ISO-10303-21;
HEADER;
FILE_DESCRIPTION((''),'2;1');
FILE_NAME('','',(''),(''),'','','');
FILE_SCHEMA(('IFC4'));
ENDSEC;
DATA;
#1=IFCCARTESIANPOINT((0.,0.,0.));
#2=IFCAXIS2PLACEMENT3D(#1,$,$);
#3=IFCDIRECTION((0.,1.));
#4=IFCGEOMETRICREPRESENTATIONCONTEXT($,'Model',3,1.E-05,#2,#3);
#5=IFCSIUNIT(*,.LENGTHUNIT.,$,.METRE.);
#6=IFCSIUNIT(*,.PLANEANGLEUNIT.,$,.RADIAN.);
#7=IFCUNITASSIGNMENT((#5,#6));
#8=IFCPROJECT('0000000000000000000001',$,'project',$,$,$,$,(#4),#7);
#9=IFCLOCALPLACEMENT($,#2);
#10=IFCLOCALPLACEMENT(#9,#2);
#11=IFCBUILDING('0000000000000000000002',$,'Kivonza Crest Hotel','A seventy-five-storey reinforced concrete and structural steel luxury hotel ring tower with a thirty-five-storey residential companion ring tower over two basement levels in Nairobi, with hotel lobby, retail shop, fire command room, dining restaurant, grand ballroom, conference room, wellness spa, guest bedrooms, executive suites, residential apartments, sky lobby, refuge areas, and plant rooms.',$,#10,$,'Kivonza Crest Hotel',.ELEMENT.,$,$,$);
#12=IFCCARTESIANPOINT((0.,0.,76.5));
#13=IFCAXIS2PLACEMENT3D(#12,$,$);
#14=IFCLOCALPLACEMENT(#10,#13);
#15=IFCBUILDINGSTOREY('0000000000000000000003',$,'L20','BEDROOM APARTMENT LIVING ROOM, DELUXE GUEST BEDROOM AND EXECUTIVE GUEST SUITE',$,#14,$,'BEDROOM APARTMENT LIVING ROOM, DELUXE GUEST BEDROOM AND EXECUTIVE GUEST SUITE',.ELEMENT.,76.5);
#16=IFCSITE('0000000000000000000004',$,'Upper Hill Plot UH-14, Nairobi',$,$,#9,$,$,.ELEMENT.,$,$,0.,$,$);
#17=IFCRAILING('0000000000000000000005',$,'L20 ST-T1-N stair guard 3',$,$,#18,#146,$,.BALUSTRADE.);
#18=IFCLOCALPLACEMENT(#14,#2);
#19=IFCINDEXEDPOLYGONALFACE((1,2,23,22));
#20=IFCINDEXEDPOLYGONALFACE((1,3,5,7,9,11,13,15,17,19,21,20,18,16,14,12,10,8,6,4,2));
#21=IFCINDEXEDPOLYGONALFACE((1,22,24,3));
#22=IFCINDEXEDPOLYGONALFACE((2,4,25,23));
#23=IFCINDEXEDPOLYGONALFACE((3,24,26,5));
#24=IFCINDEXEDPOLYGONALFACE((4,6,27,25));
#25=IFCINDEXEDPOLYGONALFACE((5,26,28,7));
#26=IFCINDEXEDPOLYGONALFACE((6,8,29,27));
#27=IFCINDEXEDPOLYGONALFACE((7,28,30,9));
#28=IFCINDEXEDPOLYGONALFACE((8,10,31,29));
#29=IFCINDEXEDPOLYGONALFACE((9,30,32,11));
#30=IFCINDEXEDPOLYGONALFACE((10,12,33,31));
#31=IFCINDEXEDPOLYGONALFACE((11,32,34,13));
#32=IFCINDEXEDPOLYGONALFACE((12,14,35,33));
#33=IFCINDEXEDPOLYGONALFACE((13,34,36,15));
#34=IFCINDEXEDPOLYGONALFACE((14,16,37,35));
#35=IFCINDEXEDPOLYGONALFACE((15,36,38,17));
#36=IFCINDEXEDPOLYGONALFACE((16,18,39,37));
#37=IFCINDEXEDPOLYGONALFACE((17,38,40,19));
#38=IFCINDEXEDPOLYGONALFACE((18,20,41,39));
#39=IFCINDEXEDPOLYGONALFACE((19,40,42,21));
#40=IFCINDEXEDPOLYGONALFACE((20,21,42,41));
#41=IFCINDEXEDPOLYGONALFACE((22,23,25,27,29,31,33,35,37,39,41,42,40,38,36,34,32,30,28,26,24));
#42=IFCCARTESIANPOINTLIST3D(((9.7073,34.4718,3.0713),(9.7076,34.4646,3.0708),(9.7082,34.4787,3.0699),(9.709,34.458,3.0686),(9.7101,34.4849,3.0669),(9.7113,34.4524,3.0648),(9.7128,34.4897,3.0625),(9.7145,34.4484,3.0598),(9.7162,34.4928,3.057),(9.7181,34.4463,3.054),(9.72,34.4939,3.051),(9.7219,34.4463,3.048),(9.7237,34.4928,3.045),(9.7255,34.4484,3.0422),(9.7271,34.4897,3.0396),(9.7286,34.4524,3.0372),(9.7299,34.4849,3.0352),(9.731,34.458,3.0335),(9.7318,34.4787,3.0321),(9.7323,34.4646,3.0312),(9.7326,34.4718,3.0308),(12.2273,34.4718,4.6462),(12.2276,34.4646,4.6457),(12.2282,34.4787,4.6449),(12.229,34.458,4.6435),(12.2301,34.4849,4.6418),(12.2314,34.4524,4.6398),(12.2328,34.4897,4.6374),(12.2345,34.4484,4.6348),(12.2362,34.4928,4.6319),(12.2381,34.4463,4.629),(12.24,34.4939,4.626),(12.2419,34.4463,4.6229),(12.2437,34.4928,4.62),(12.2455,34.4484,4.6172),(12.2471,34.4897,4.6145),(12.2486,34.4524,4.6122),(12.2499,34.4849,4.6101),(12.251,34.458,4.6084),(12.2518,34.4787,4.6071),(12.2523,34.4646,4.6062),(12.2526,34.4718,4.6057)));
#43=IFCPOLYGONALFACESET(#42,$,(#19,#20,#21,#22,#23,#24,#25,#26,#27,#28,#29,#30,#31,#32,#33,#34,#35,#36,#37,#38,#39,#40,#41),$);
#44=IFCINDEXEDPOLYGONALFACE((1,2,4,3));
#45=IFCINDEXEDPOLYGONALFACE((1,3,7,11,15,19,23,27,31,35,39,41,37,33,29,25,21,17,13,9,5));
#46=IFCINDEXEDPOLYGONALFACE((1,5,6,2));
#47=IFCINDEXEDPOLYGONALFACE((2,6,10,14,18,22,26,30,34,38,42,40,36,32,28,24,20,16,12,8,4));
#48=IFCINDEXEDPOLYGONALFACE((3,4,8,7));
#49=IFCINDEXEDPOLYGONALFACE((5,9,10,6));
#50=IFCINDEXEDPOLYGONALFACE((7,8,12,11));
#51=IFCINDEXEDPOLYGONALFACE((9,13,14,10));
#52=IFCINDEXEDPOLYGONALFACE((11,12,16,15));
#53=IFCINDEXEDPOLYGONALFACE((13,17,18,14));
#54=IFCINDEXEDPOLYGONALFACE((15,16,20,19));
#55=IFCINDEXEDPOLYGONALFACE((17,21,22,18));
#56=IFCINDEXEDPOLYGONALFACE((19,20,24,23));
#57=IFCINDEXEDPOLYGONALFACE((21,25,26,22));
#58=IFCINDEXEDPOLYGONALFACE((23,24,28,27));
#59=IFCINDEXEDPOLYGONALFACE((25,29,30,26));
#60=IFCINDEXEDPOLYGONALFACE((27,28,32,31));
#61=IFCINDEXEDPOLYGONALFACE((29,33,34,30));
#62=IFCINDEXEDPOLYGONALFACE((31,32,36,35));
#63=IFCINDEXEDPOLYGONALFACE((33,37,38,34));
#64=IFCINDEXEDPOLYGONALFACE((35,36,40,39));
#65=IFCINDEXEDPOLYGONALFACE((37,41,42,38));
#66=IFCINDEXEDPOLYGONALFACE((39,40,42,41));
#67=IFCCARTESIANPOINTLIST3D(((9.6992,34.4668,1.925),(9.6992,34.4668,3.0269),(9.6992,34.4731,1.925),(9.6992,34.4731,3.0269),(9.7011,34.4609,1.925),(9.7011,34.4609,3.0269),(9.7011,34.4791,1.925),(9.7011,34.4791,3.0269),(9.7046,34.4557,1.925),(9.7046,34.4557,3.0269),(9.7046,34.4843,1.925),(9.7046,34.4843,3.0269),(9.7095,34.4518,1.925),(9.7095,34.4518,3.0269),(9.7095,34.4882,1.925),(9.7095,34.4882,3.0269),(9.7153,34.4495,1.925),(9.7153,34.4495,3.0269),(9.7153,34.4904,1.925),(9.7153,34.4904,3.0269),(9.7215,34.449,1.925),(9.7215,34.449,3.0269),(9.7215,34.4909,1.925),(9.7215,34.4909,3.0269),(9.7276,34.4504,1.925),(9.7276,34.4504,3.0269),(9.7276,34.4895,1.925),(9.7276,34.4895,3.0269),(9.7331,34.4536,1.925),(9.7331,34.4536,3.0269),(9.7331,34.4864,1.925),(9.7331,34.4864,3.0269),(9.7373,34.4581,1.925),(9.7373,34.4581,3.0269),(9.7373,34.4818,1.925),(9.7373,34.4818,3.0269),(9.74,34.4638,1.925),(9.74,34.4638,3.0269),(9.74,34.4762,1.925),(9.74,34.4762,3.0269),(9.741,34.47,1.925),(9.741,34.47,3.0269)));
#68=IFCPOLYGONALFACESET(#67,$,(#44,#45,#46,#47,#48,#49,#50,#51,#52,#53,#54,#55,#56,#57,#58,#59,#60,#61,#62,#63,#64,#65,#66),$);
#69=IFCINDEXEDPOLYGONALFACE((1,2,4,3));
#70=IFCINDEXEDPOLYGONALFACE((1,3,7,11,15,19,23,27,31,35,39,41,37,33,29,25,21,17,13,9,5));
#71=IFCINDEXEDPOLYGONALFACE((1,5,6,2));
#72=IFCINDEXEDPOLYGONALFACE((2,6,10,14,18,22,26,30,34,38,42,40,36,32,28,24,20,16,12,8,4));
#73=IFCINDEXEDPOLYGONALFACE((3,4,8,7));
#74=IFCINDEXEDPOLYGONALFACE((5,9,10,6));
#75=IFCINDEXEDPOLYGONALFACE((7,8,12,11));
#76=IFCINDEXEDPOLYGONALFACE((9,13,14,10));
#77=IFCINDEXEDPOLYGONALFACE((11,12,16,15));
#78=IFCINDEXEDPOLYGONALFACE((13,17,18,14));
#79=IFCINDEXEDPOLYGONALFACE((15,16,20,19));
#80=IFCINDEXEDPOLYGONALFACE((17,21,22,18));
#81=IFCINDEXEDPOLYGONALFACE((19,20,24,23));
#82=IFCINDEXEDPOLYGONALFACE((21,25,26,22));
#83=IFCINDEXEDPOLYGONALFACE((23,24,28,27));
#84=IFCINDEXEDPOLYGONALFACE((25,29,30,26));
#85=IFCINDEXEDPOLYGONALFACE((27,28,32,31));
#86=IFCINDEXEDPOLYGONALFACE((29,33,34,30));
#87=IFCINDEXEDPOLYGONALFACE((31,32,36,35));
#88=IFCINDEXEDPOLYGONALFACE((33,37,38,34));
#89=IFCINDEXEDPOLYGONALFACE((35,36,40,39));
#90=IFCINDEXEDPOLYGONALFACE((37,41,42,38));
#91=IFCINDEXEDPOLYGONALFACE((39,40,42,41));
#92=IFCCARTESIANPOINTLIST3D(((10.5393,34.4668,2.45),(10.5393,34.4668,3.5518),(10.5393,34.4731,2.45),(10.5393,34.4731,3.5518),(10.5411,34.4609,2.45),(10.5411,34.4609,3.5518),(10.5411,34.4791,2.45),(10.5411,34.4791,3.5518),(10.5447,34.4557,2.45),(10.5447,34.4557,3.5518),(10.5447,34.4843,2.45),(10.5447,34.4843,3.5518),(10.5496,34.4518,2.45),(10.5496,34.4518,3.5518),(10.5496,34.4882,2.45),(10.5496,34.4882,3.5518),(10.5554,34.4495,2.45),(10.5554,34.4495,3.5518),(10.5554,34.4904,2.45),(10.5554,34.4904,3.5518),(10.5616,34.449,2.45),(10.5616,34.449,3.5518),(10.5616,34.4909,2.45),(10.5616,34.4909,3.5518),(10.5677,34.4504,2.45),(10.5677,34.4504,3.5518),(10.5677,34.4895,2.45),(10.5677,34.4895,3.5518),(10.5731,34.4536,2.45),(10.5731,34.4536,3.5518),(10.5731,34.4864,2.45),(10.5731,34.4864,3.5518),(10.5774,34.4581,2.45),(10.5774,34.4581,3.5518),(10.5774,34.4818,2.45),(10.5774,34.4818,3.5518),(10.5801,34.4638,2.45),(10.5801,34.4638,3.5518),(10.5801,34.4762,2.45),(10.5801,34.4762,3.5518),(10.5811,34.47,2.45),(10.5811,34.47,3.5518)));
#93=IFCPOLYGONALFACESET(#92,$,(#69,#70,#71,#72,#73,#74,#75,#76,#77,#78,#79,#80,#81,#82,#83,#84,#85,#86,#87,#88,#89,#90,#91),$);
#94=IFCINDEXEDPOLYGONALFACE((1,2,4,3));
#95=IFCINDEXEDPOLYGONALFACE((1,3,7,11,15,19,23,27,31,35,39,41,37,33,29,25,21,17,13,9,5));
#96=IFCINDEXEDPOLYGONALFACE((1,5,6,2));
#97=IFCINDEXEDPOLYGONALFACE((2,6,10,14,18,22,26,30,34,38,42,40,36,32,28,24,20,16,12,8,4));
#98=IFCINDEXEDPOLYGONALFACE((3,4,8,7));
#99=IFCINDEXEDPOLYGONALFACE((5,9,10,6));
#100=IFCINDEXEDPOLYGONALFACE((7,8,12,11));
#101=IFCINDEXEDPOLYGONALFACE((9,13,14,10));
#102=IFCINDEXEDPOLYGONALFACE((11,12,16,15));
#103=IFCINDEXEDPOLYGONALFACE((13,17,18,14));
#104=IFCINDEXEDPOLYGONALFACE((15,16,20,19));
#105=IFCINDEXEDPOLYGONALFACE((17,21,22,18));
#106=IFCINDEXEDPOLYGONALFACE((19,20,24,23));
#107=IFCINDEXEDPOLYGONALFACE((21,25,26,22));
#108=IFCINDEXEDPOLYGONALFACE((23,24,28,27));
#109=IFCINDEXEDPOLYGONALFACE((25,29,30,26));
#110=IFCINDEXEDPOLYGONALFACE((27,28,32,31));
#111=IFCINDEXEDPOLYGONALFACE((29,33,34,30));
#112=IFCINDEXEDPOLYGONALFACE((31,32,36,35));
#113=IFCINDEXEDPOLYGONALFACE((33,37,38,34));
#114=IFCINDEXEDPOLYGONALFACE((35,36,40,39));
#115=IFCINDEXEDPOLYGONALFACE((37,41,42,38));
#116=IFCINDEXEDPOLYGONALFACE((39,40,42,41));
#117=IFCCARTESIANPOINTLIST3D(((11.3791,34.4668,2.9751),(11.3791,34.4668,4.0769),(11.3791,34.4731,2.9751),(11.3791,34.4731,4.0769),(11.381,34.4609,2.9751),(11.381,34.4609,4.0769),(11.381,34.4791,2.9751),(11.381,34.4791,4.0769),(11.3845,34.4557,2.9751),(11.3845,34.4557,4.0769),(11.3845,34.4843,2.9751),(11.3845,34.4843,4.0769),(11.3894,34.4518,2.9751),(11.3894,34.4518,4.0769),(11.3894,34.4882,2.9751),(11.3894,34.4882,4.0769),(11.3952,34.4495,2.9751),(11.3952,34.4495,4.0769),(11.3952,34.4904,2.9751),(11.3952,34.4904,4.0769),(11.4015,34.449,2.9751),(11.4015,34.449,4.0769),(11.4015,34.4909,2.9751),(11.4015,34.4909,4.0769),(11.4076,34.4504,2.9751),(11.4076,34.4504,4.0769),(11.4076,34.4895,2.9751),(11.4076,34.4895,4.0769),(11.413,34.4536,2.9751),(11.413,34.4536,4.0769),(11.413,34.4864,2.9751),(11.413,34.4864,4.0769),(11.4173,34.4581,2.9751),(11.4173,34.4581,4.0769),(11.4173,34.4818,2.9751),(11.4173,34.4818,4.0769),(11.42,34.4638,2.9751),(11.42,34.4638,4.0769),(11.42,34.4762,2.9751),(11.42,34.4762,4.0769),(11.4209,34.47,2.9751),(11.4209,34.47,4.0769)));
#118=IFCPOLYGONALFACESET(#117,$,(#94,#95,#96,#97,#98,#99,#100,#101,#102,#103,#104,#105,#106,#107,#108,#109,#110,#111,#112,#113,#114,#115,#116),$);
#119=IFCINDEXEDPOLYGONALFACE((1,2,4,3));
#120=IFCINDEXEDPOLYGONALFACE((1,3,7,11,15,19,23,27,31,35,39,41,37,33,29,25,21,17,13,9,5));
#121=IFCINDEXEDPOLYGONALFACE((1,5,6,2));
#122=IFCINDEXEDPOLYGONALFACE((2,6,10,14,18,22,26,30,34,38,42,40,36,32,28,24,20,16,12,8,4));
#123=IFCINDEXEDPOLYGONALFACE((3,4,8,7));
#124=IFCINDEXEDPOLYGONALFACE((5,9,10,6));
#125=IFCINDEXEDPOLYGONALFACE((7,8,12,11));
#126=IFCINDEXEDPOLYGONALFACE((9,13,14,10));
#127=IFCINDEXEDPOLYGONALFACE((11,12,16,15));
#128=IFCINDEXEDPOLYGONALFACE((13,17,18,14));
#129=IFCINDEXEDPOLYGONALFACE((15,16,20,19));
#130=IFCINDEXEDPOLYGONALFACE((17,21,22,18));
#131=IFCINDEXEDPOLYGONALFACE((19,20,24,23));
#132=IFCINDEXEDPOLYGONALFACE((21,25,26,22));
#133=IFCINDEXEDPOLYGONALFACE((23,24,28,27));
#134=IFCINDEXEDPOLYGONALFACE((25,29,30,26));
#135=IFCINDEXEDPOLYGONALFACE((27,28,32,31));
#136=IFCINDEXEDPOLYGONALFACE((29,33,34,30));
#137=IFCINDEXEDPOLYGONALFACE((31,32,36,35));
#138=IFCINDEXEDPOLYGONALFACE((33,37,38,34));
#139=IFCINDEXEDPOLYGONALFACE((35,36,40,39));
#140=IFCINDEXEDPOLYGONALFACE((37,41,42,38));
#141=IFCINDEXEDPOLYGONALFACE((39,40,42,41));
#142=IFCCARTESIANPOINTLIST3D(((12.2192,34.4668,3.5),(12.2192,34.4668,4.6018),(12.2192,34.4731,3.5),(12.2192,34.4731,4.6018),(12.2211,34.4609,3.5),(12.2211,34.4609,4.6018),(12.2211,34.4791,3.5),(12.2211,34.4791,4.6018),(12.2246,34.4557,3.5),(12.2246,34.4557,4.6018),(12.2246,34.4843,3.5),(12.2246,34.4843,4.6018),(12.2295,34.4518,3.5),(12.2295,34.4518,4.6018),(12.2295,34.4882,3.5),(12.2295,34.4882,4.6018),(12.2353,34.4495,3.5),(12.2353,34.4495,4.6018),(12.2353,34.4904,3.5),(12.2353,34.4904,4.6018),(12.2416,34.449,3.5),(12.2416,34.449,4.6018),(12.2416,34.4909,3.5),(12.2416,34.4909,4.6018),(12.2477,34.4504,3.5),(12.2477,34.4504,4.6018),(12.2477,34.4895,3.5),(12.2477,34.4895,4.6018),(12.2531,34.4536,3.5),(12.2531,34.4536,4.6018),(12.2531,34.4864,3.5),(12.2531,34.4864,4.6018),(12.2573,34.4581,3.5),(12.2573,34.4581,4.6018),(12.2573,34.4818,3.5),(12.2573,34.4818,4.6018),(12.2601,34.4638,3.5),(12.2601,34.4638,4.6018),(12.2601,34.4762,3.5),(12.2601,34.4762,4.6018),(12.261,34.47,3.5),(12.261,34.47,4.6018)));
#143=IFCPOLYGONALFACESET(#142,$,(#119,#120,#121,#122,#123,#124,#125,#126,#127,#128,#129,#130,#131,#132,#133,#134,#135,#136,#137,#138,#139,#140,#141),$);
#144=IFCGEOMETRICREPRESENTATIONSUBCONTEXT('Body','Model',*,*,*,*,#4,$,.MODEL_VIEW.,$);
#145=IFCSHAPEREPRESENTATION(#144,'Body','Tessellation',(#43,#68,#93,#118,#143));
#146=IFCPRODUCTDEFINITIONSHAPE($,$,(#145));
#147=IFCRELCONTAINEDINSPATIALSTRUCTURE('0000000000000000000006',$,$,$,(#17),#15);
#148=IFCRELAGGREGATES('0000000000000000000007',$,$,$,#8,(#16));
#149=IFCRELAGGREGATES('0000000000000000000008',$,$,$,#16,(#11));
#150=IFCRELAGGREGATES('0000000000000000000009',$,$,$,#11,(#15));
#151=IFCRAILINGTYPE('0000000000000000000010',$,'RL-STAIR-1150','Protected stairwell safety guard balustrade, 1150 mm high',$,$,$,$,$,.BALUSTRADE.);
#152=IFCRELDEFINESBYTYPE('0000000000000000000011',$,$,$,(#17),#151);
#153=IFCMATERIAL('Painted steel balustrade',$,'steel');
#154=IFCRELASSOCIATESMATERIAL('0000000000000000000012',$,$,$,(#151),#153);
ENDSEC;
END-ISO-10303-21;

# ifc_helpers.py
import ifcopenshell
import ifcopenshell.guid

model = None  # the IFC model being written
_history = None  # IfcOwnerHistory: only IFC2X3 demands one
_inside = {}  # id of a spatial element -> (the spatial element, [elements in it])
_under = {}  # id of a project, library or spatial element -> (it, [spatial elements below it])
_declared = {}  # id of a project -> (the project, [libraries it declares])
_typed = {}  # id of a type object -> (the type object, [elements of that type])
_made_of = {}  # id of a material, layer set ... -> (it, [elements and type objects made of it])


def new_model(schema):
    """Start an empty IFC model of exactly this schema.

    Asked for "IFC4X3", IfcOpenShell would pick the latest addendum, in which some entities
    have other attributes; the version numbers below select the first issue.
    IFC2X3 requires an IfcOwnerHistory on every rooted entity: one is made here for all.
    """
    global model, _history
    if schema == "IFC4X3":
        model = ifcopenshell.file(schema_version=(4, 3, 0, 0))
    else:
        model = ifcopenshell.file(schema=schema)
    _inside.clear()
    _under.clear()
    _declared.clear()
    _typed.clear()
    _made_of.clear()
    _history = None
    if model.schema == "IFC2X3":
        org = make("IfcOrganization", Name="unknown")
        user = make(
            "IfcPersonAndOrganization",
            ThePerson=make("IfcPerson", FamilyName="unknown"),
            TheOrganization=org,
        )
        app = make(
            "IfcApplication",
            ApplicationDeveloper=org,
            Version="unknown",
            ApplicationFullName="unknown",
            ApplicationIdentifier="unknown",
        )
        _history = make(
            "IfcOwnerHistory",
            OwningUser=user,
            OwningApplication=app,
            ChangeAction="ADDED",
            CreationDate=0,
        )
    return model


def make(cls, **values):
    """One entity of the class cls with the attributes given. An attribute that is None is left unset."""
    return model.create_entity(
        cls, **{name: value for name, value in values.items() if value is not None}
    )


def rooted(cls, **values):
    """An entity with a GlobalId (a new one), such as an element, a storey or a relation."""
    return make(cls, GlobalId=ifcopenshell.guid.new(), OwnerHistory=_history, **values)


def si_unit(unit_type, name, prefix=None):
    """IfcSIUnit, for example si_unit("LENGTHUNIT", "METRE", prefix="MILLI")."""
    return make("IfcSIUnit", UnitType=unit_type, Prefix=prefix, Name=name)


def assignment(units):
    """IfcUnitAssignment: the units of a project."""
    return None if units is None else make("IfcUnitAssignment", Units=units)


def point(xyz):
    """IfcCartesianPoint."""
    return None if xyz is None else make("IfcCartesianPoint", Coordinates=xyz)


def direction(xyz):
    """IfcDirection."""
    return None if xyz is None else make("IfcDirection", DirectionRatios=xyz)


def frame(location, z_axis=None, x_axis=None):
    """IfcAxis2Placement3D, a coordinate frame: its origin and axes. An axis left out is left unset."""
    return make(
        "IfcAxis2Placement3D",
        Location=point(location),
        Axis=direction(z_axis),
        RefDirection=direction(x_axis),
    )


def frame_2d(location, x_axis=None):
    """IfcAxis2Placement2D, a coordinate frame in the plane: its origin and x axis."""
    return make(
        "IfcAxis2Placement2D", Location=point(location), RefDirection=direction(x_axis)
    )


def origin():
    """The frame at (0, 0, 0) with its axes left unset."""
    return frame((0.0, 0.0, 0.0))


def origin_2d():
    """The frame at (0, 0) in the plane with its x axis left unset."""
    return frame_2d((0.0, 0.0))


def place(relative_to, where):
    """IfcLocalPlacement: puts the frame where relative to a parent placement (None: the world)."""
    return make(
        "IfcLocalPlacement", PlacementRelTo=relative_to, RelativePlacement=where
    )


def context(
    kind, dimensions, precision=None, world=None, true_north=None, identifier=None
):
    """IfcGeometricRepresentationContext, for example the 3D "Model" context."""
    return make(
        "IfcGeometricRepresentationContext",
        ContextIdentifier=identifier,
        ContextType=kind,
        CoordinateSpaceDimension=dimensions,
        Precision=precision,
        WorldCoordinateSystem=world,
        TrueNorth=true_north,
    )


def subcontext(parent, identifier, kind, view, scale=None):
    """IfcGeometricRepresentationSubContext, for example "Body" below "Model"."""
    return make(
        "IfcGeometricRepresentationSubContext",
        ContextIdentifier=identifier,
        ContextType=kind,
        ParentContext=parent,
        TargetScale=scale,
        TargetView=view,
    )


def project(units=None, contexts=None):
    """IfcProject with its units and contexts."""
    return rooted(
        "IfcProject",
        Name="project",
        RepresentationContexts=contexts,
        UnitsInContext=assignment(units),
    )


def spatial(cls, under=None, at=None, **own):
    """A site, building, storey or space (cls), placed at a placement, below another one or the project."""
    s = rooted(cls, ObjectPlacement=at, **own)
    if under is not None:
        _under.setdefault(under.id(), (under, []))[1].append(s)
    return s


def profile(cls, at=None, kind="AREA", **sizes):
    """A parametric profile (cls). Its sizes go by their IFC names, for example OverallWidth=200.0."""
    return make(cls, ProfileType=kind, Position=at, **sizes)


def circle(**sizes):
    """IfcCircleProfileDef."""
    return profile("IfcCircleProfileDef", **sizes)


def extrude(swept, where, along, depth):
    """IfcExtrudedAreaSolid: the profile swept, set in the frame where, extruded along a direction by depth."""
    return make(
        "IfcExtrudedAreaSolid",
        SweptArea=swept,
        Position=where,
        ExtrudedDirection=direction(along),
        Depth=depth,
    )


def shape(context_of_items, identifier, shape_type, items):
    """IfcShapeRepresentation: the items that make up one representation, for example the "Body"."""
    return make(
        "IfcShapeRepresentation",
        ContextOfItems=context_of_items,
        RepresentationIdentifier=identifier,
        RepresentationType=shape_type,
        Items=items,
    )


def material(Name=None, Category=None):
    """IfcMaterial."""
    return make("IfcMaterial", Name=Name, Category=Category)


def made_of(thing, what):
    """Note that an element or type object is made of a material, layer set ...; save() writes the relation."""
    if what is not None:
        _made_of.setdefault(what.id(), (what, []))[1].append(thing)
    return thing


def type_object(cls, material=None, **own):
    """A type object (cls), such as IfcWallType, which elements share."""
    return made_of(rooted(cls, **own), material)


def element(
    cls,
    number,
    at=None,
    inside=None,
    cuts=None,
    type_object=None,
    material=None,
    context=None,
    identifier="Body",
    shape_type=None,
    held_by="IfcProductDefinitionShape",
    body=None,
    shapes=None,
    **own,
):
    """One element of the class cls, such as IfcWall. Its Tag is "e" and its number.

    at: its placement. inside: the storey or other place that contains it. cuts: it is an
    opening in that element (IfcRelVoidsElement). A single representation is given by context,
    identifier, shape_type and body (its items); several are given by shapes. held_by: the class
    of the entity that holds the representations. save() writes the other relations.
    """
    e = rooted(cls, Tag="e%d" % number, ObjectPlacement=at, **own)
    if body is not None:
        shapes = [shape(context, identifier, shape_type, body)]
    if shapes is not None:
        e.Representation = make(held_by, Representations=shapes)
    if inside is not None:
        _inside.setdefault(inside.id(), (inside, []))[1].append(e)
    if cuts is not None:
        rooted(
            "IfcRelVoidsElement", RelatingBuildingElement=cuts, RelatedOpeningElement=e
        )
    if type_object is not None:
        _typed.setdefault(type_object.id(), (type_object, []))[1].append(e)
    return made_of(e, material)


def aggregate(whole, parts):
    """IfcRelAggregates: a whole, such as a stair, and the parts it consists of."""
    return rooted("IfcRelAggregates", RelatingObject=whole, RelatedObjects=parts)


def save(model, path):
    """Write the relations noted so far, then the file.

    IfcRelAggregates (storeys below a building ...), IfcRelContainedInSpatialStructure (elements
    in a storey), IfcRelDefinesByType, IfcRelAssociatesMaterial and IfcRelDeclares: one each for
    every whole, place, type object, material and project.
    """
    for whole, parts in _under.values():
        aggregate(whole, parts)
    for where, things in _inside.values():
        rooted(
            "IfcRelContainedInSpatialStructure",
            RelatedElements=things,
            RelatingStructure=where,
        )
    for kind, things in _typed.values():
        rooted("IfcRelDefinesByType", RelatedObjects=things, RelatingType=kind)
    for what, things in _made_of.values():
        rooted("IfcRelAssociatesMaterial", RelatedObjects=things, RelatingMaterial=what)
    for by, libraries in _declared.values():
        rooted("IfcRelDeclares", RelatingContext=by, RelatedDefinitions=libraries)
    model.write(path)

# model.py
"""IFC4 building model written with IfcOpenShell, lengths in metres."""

from ifc_helpers import new_model, si_unit, direction, frame, origin, origin_2d, place, context, subcontext, project, spatial, circle, extrude, material, type_object, element, save


model = new_model("IFC4")

# Units and contexts
model_context = context("Model", 3, precision=1e-05, world=origin(), true_north=direction((0.0, 1.0)))
body_context = subcontext(model_context, "Body", "Model", "MODEL_VIEW")
ifc_project = project(units=[si_unit("LENGTHUNIT", "METRE"), si_unit("PLANEANGLEUNIT", "RADIAN")], contexts=[model_context])

# Site, building, storey
site_placement = place(None, origin())
site = spatial("IfcSite", under=ifc_project, at=site_placement, Name="Upper Hill Plot UH-14, Nairobi", CompositionType="ELEMENT", RefElevation=0.0)
building_placement = place(site_placement, origin())
building = spatial("IfcBuilding", under=site, at=building_placement, Name="Kivonza Crest Hotel", Description="A seventy-five-storey reinforced concrete and structural steel luxury hotel ring tower with a thirty-five-storey residential companion ring tower over two basement levels in Nairobi, with hotel lobby, retail shop, fire command room, dining restaurant, grand ballroom, conference room, wellness spa, guest bedrooms, executive suites, residential apartments, sky lobby, refuge areas, and plant rooms.", LongName="Kivonza Crest Hotel", CompositionType="ELEMENT")
storey_placement = place(building_placement, frame((0.0, 0.0, 76.5)))
storey = spatial("IfcBuildingStorey", under=building, at=storey_placement, Name="L20", Description="BEDROOM APARTMENT LIVING ROOM, DELUXE GUEST BEDROOM AND EXECUTIVE GUEST SUITE", LongName="BEDROOM APARTMENT LIVING ROOM, DELUXE GUEST BEDROOM AND EXECUTIVE GUEST SUITE", CompositionType="ELEMENT", Elevation=76.5)

# Railing
ifc_material_1 = material(Name="Painted steel balustrade", Category="steel")
railing_type_1 = type_object("IfcRailingType", Name="RL-STAIR-1150", Description="Protected stairwell safety guard balustrade, 1150 mm high", PredefinedType="BALUSTRADE", material=ifc_material_1)
railing_1_placement = place(storey_placement, frame((9.72, 34.47, 1.925)))
element("IfcRailing", 1, at=railing_1_placement, inside=storey, type_object=railing_type_1, Name="L20 ST-T1-N stair guard 3", PredefinedType="BALUSTRADE", context=body_context, shape_type="SweptSolid", body=[
    extrude(circle(Radius=0.0239, at=origin_2d()), frame((0.0, 0.0, 1.126), z_axis=(0.848008, 0.0, 0.529984), x_axis=(0.0, 1.0, 0.0)), (0.0, 0.0, 1.0), 2.9717),
    extrude(circle(Radius=0.021, at=origin_2d()), origin(), (0.0, 0.0, 1.0), 1.1018),
    extrude(circle(Radius=0.021, at=origin_2d()), frame((0.8401, 0.0, 0.5249)), (0.0, 0.0, 1.0), 1.1018),
    extrude(circle(Radius=0.021, at=origin_2d()), frame((1.6799, 0.0, 1.05)), (0.0, 0.0, 1.0), 1.1018),
    extrude(circle(Radius=0.021, at=origin_2d()), frame((2.52, 0.0, 1.575)), (0.0, 0.0, 1.0), 1.1018),
])

save(model, "model.ifc")
